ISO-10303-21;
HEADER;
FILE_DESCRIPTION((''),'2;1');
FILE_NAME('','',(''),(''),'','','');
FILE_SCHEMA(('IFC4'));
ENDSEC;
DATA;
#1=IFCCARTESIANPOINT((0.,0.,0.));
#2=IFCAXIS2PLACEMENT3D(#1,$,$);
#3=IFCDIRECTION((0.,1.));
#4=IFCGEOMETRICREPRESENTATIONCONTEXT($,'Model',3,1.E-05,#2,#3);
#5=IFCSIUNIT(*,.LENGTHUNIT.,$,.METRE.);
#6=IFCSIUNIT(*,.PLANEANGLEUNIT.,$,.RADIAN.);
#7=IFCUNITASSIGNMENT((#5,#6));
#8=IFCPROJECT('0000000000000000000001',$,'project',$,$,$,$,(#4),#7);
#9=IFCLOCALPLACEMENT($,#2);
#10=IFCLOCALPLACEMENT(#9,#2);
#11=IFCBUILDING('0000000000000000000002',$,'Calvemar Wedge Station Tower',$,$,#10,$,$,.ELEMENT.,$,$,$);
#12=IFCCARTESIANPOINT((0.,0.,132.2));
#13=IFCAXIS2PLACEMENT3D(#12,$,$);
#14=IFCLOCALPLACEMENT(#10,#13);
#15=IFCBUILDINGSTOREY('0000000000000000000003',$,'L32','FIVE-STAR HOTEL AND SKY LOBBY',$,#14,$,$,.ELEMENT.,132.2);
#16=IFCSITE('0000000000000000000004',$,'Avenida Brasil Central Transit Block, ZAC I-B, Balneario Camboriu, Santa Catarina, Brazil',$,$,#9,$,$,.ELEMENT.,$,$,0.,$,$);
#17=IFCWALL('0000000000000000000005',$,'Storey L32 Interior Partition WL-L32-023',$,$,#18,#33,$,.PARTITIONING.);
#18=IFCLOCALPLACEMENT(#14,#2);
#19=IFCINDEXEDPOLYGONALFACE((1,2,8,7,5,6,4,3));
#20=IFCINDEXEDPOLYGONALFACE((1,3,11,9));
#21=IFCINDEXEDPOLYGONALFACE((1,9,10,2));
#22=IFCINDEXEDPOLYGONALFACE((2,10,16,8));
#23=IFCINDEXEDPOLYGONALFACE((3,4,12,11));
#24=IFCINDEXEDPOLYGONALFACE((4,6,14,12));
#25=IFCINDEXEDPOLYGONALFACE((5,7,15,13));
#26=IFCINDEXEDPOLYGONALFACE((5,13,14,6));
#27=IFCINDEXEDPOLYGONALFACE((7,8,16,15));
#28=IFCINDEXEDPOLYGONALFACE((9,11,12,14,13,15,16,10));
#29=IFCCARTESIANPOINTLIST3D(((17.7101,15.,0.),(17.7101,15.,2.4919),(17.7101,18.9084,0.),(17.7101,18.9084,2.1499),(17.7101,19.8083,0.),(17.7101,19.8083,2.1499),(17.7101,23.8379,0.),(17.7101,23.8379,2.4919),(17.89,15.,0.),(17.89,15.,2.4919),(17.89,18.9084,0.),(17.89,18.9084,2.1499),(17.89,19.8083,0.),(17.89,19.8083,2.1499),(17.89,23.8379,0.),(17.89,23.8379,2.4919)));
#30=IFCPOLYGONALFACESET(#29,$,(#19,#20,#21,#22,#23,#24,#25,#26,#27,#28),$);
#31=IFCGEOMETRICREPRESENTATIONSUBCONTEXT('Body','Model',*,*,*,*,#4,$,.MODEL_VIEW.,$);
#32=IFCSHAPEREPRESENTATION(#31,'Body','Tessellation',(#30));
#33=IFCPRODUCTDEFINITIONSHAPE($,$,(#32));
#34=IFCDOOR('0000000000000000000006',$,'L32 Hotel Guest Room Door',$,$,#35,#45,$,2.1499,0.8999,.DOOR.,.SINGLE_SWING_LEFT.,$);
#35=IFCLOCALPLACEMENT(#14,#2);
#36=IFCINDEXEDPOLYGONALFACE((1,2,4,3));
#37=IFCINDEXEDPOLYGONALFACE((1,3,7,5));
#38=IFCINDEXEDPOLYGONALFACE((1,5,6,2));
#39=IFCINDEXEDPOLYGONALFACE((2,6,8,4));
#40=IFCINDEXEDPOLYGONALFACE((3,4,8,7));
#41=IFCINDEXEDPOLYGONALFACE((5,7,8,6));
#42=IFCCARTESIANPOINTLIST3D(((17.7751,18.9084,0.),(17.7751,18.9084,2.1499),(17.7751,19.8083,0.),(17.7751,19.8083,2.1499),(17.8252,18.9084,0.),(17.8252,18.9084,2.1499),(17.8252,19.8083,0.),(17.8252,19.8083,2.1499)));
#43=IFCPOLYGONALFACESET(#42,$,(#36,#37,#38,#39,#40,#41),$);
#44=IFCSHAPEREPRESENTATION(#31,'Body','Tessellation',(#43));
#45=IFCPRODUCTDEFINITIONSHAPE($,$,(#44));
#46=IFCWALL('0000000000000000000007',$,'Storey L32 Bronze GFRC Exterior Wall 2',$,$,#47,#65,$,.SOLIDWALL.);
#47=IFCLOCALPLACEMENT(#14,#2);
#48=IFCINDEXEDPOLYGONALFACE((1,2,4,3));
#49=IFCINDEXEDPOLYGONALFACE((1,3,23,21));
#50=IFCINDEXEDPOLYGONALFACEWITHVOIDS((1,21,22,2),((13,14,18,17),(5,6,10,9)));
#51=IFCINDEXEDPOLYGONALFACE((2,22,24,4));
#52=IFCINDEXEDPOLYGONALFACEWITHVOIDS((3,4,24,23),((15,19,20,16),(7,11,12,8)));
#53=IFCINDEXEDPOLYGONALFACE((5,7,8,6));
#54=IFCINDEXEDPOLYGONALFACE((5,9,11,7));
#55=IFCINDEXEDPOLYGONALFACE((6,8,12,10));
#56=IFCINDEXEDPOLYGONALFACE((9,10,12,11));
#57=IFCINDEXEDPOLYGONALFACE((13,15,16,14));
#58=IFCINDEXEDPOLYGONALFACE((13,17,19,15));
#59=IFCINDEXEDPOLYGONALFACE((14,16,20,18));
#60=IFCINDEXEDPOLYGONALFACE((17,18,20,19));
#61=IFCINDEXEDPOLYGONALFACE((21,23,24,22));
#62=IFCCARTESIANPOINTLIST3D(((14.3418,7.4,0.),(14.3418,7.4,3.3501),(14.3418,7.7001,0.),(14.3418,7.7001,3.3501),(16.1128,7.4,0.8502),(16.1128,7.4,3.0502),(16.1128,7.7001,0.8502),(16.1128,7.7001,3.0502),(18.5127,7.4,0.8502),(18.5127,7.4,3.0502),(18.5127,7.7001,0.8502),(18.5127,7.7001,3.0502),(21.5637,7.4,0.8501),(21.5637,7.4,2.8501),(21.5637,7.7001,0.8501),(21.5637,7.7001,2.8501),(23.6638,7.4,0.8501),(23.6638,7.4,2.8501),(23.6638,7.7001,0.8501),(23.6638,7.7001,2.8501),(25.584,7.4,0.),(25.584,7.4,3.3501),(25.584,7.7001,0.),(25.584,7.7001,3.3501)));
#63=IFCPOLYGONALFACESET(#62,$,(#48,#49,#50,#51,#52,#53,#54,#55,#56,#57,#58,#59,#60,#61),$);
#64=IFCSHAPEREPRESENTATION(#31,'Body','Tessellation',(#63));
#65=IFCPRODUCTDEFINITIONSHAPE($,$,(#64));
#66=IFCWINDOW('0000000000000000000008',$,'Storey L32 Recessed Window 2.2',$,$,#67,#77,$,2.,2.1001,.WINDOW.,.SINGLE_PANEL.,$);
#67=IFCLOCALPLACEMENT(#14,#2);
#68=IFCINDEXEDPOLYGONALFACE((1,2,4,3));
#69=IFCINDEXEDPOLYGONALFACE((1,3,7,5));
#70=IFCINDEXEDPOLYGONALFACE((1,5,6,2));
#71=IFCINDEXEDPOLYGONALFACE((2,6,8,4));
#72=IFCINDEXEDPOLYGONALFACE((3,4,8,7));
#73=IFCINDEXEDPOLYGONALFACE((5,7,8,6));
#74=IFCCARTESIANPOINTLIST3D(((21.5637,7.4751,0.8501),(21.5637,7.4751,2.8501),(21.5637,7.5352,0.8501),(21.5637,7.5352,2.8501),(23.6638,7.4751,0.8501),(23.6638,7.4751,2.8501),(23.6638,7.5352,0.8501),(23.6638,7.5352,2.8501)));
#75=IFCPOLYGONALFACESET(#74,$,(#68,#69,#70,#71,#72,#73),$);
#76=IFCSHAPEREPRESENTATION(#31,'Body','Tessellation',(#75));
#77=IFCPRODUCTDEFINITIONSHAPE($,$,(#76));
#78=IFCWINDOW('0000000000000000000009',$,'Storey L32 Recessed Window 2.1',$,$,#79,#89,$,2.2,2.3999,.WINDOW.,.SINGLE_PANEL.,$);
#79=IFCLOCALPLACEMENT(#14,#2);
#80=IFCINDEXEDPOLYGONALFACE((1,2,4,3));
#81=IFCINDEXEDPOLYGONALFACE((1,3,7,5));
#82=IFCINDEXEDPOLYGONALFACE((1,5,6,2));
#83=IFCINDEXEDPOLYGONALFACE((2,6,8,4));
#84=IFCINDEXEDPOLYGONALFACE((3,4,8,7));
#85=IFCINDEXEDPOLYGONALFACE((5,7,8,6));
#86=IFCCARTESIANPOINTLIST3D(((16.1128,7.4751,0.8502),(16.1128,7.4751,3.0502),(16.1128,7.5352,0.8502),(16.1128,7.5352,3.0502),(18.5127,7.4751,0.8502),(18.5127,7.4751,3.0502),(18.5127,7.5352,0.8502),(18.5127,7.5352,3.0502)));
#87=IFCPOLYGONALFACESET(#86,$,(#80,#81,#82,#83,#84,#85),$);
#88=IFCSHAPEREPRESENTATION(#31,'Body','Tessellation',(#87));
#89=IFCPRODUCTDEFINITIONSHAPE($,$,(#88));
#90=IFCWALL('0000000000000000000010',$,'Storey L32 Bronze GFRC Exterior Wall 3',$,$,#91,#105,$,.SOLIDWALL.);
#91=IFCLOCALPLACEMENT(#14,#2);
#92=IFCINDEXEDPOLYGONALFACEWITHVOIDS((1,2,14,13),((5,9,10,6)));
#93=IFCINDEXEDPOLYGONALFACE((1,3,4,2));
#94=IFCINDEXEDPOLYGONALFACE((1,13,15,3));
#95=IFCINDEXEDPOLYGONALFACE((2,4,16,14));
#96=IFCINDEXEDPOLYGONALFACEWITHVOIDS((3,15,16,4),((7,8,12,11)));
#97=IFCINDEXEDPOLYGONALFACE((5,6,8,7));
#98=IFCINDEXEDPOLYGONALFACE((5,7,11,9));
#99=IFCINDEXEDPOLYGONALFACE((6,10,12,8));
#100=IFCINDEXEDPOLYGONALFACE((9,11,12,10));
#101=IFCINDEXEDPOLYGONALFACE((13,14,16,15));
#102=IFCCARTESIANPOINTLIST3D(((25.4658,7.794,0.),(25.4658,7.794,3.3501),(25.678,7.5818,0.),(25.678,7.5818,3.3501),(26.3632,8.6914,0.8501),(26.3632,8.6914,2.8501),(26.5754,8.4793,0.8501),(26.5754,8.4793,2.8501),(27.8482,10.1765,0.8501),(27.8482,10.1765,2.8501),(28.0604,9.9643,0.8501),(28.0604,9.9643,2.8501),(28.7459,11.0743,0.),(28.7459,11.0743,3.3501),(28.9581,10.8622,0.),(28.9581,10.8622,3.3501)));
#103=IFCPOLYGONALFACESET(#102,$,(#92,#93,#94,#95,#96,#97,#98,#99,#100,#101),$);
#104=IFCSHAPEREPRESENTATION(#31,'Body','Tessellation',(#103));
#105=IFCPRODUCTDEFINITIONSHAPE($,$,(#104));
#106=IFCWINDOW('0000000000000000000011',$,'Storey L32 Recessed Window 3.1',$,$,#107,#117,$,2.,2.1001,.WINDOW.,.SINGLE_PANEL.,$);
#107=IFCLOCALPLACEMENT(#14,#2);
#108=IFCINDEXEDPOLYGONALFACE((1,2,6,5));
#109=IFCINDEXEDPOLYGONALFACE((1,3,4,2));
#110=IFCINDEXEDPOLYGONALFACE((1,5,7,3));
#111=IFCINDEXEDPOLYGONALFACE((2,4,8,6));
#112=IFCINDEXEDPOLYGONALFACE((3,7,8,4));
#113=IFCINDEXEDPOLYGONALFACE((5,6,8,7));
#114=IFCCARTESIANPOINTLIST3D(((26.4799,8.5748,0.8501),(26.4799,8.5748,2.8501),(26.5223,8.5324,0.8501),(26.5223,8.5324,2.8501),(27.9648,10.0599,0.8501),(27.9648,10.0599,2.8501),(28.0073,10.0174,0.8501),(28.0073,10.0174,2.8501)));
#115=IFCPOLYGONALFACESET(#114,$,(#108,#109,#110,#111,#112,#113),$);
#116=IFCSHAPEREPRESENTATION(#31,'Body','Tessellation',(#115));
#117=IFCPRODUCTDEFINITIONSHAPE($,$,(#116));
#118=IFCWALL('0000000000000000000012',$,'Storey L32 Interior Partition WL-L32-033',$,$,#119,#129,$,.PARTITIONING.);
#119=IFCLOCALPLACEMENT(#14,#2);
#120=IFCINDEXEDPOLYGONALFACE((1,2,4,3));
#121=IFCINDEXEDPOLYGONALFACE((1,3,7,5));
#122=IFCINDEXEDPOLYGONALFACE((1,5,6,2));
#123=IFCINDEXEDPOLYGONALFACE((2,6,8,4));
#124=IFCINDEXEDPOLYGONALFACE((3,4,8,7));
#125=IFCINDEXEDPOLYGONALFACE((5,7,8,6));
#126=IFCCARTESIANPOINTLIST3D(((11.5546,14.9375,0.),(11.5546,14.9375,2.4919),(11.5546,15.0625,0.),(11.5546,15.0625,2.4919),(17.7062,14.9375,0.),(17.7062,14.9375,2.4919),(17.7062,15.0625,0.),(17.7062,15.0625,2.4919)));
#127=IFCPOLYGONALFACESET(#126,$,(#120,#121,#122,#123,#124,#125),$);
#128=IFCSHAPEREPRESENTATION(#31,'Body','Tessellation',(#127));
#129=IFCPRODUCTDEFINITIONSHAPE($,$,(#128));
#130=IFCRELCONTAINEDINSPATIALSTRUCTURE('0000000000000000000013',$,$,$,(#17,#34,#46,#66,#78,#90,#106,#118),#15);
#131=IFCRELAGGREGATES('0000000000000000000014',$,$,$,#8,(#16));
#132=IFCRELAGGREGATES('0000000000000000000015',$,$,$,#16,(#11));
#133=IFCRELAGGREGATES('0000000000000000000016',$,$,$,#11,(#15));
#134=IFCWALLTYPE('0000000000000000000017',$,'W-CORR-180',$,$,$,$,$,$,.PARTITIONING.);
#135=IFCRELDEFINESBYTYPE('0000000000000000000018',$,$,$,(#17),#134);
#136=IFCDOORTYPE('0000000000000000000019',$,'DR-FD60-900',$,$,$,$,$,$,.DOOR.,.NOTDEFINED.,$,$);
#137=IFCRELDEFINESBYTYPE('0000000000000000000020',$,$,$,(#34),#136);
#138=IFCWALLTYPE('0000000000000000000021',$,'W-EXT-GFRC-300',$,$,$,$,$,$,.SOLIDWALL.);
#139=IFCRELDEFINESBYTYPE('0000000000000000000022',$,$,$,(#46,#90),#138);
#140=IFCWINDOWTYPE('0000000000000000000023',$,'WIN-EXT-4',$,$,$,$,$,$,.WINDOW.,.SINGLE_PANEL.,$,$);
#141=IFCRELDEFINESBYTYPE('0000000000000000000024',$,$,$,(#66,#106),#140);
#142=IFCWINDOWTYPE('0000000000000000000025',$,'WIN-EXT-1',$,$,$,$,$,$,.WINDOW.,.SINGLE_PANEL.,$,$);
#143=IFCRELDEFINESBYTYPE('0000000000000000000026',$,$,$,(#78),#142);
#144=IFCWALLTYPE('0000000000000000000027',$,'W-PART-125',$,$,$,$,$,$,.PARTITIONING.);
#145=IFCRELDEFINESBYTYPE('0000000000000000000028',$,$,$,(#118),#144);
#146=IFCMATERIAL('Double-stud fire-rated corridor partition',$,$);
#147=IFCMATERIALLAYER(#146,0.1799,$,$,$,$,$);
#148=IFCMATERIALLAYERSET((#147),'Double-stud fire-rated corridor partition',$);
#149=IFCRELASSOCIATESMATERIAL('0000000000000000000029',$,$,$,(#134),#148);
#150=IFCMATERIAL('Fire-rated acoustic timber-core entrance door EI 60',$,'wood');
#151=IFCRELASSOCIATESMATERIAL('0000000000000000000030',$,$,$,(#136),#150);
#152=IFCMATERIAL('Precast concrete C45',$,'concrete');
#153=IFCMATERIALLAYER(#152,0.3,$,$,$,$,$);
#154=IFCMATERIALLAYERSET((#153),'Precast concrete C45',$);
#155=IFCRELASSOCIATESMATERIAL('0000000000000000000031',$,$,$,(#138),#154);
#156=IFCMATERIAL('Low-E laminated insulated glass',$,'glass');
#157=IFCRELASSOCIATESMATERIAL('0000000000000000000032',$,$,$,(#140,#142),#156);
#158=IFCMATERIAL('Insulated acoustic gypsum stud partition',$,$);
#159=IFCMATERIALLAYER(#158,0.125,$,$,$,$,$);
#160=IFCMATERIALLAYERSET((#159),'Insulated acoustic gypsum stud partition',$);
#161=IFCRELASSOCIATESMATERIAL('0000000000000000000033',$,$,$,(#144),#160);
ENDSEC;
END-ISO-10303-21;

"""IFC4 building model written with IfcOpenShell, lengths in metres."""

from ifc_helpers import new_model, si_unit, direction, frame, frame_2d, origin, place, context, subcontext, project, spatial, rectangle, extrude, source, transform, mapped, material, layer, layer_set, type_object, element, fill, save


model = new_model("IFC4")

# Units and contexts
model_context = context("Model", 3, precision=1e-05, world=origin(), true_north=direction((0.0, 1.0)))
body_context = subcontext(model_context, "Body", "Model", "MODEL_VIEW")
ifc_project = project(units=[si_unit("LENGTHUNIT", "METRE"), si_unit("PLANEANGLEUNIT", "RADIAN")], contexts=[model_context])

# Site, building, storey
site_placement = place(None, origin())
site = spatial("IfcSite", under=ifc_project, at=site_placement, Name="Avenida Brasil Central Transit Block, ZAC I-B, Balneario Camboriu, Santa Catarina, Brazil", CompositionType="ELEMENT", RefElevation=0.0)
building_placement = place(site_placement, origin())
building = spatial("IfcBuilding", under=site, at=building_placement, Name="Calvemar Wedge Station Tower", CompositionType="ELEMENT")
storey_placement = place(building_placement, frame((0.0, 0.0, 132.2)))
storey = spatial("IfcBuildingStorey", under=building, at=storey_placement, Name="L32", Description="FIVE-STAR HOTEL AND SKY LOBBY", CompositionType="ELEMENT", Elevation=132.2)

# Shared definitions
ifc_material_1 = material(Name="Precast concrete C45", Category="concrete")

# Wall, opening, door
ifc_material_2 = material(Name="Double-stud fire-rated corridor partition")
ifc_layer_1 = layer(ifc_material_2, 0.1799)
ifc_layer_set_1 = layer_set([ifc_layer_1], Name="Double-stud fire-rated corridor partition")
wall_type_1 = type_object("IfcWallType", Name="W-CORR-180", PredefinedType="PARTITIONING", material=ifc_layer_set_1)
shared_shape_1 = source(origin(), body_context, "Body", "SweptSolid", [
    extrude(rectangle(XDim=0.8999, YDim=2.1499, at=frame_2d((0.45, 1.075))), frame((0.0, 0.1001, 0.0), z_axis=(0.0, -1.0, 0.0), x_axis=(1.0, 0.0, 0.0)), (0.0, 0.0, 1.0), 0.2),
])
ifc_material_3 = material(Name="Fire-rated acoustic timber-core entrance door EI 60", Category="wood")
door_type_1 = type_object("IfcDoorType", Name="DR-FD60-900", OperationType="NOTDEFINED", PredefinedType="DOOR", material=ifc_material_3)
shared_shape_2 = source(origin(), body_context, "Body", "SweptSolid", [
    extrude(rectangle(XDim=0.8999, YDim=2.1499, at=frame_2d((0.45, 1.075))), frame((0.0, 0.0249, 0.0), z_axis=(0.0, -1.0, 0.0), x_axis=(1.0, 0.0, 0.0)), (0.0, 0.0, 1.0), 0.05),
])
wall_1_placement = place(storey_placement, frame((17.8, 15.0, 0.0), z_axis=(0.0, 0.0, 1.0), x_axis=(0.0, 1.0, 0.0)))
wall_1 = element("IfcWall", 1, at=wall_1_placement, inside=storey, type_object=wall_type_1, Name="Storey L32 Interior Partition WL-L32-023", PredefinedType="PARTITIONING", context=body_context, shape_type="SweptSolid", body=[
    extrude(rectangle(XDim=8.8379, YDim=0.1799, at=frame_2d((4.4189, 0.0))), origin(), (0.0, 0.0, 1.0), 2.4919),
])
opening_1_placement = place(wall_1_placement, frame((3.9084, 0.0, 0.0)))
opening_1 = element("IfcOpeningElement", 2, at=opening_1_placement, cuts=wall_1, PredefinedType="OPENING", context=body_context, shape_type="MappedRepresentation", body=[
    mapped(shared_shape_1, transform((0.0, 0.0, 0.0), scale=1.0)),
])
door_1_placement = place(opening_1_placement, origin())
door_1 = element("IfcDoor", 3, at=door_1_placement, inside=storey, type_object=door_type_1, Name="L32 Hotel Guest Room Door", OperationType="SINGLE_SWING_LEFT", OverallHeight=2.1499, OverallWidth=0.8999, PredefinedType="DOOR", context=body_context, shape_type="MappedRepresentation", body=[
    mapped(shared_shape_2, transform((0.0, 0.0, 0.0), scale=1.0)),
])
fill(opening_1, door_1)

# Wall, openings, windows
ifc_layer_2 = layer(ifc_material_1, 0.3)
ifc_layer_set_2 = layer_set([ifc_layer_2], Name="Precast concrete C45")
wall_type_2 = type_object("IfcWallType", Name="W-EXT-GFRC-300", PredefinedType="SOLIDWALL", material=ifc_layer_set_2)
wall_2_placement = place(storey_placement, frame((14.3418, 7.55, 0.0), z_axis=(0.0, 0.0, 1.0), x_axis=(1.0, 0.0, 0.0)))
wall_2 = element("IfcWall", 4, at=wall_2_placement, inside=storey, type_object=wall_type_2, Name="Storey L32 Bronze GFRC Exterior Wall 2", PredefinedType="SOLIDWALL", context=body_context, shape_type="SweptSolid", body=[
    extrude(rectangle(XDim=11.2422, YDim=0.3, at=frame_2d((5.6211, 0.0))), origin(), (0.0, 0.0, 1.0), 3.3501),
])
shared_shape_3 = source(origin(), body_context, "Body", "SweptSolid", [
    extrude(rectangle(XDim=2.3999, YDim=2.2, at=frame_2d((1.2, 1.1001))), frame((0.0, 0.1602, 0.0), z_axis=(0.0, -1.0, 0.0), x_axis=(1.0, 0.0, 0.0)), (0.0, 0.0, 1.0), 0.3201),
])
opening_2_placement = place(wall_2_placement, frame((1.771, 0.0, 0.8501)))
opening_2 = element("IfcOpeningElement", 5, at=opening_2_placement, cuts=wall_2, PredefinedType="OPENING", context=body_context, shape_type="MappedRepresentation", body=[
    mapped(shared_shape_3, transform((0.0, 0.0, 0.0), scale=1.0)),
])
shared_shape_4 = source(origin(), body_context, "Body", "SweptSolid", [
    extrude(rectangle(XDim=2.1001, YDim=2.0, at=frame_2d((1.05, 1.0))), frame((0.0, 0.1602, 0.0), z_axis=(0.0, -1.0, 0.0), x_axis=(1.0, 0.0, 0.0)), (0.0, 0.0, 1.0), 0.3201),
])
opening_3_placement = place(wall_2_placement, frame((7.2219, 0.0, 0.8501)))
opening_3 = element("IfcOpeningElement", 6, at=opening_3_placement, cuts=wall_2, PredefinedType="OPENING", context=body_context, shape_type="MappedRepresentation", body=[
    mapped(shared_shape_4, transform((0.0, 0.0, 0.0), scale=1.0)),
])
ifc_material_4 = material(Name="Low-E laminated insulated glass", Category="glass")
window_type_1 = type_object("IfcWindowType", Name="WIN-EXT-4", PartitioningType="SINGLE_PANEL", PredefinedType="WINDOW", material=ifc_material_4)
shared_shape_5 = source(origin(), body_context, "Body", "SweptSolid", [
    extrude(rectangle(XDim=2.1001, YDim=2.0, at=frame_2d((1.05, 1.0))), frame((0.0, -0.0149, 0.0), z_axis=(0.0, -1.0, 0.0), x_axis=(1.0, 0.0, 0.0)), (0.0, 0.0, 1.0), 0.0601),
])
window_1_placement = place(opening_3_placement, origin())
window_1 = element("IfcWindow", 7, at=window_1_placement, inside=storey, type_object=window_type_1, Name="Storey L32 Recessed Window 2.2", OverallHeight=2.0, OverallWidth=2.1001, PartitioningType="SINGLE_PANEL", PredefinedType="WINDOW", context=body_context, shape_type="MappedRepresentation", body=[
    mapped(shared_shape_5, transform((0.0, 0.0, 0.0), scale=1.0)),
])
fill(opening_3, window_1)
window_type_2 = type_object("IfcWindowType", Name="WIN-EXT-1", PartitioningType="SINGLE_PANEL", PredefinedType="WINDOW", material=ifc_material_4)
shared_shape_6 = source(origin(), body_context, "Body", "SweptSolid", [
    extrude(rectangle(XDim=2.3999, YDim=2.2, at=frame_2d((1.2, 1.1001))), frame((0.0, -0.0149, 0.0), z_axis=(0.0, -1.0, 0.0), x_axis=(1.0, 0.0, 0.0)), (0.0, 0.0, 1.0), 0.0601),
])
window_2_placement = place(opening_2_placement, origin())
window_2 = element("IfcWindow", 8, at=window_2_placement, inside=storey, type_object=window_type_2, Name="Storey L32 Recessed Window 2.1", OverallHeight=2.2, OverallWidth=2.3999, PartitioningType="SINGLE_PANEL", PredefinedType="WINDOW", context=body_context, shape_type="MappedRepresentation", body=[
    mapped(shared_shape_6, transform((0.0, 0.0, 0.0), scale=1.0)),
])
fill(opening_2, window_2)

# Wall, opening, window
wall_3_placement = place(storey_placement, frame((25.572, 7.688, 0.0), z_axis=(0.0, 0.0, 1.0), x_axis=(0.70708, 0.707133, 0.0)))
wall_3 = element("IfcWall", 9, at=wall_3_placement, inside=storey, type_object=wall_type_2, Name="Storey L32 Bronze GFRC Exterior Wall 3", PredefinedType="SOLIDWALL", context=body_context, shape_type="SweptSolid", body=[
    extrude(rectangle(XDim=4.6389, YDim=0.3, at=frame_2d((2.3193, 0.0))), origin(), (0.0, 0.0, 1.0), 3.3501),
])
opening_4_placement = place(wall_3_placement, frame((1.269, 0.0, 0.8501)))
opening_4 = element("IfcOpeningElement", 10, at=opening_4_placement, cuts=wall_3, PredefinedType="OPENING", context=body_context, shape_type="MappedRepresentation", body=[
    mapped(shared_shape_4, transform((0.0, 0.0, 0.0), scale=1.0)),
])
window_3_placement = place(opening_4_placement, origin())
window_3 = element("IfcWindow", 11, at=window_3_placement, inside=storey, type_object=window_type_1, Name="Storey L32 Recessed Window 3.1", OverallHeight=2.0, OverallWidth=2.1001, PartitioningType="SINGLE_PANEL", PredefinedType="WINDOW", context=body_context, shape_type="MappedRepresentation", body=[
    mapped(shared_shape_5, transform((0.0, 0.0, 0.0), scale=1.0)),
])
fill(opening_4, window_3)

# Wall
ifc_material_5 = material(Name="Insulated acoustic gypsum stud partition")
ifc_layer_3 = layer(ifc_material_5, 0.125)
ifc_layer_set_3 = layer_set([ifc_layer_3], Name="Insulated acoustic gypsum stud partition")
wall_type_3 = type_object("IfcWallType", Name="W-PART-125", PredefinedType="PARTITIONING", material=ifc_layer_set_3)
wall_4_placement = place(storey_placement, frame((17.7061, 15.0, 0.0), z_axis=(0.0, 0.0, 1.0), x_axis=(-1.0, 0.0, 0.0)))
element("IfcWall", 12, at=wall_4_placement, inside=storey, type_object=wall_type_3, Name="Storey L32 Interior Partition WL-L32-033", PredefinedType="PARTITIONING", context=body_context, shape_type="SweptSolid", body=[
    extrude(rectangle(XDim=6.1516, YDim=0.125, at=frame_2d((3.0757, 0.0))), origin(), (0.0, 0.0, 1.0), 2.4919),
])

save(model, "model.ifc")
